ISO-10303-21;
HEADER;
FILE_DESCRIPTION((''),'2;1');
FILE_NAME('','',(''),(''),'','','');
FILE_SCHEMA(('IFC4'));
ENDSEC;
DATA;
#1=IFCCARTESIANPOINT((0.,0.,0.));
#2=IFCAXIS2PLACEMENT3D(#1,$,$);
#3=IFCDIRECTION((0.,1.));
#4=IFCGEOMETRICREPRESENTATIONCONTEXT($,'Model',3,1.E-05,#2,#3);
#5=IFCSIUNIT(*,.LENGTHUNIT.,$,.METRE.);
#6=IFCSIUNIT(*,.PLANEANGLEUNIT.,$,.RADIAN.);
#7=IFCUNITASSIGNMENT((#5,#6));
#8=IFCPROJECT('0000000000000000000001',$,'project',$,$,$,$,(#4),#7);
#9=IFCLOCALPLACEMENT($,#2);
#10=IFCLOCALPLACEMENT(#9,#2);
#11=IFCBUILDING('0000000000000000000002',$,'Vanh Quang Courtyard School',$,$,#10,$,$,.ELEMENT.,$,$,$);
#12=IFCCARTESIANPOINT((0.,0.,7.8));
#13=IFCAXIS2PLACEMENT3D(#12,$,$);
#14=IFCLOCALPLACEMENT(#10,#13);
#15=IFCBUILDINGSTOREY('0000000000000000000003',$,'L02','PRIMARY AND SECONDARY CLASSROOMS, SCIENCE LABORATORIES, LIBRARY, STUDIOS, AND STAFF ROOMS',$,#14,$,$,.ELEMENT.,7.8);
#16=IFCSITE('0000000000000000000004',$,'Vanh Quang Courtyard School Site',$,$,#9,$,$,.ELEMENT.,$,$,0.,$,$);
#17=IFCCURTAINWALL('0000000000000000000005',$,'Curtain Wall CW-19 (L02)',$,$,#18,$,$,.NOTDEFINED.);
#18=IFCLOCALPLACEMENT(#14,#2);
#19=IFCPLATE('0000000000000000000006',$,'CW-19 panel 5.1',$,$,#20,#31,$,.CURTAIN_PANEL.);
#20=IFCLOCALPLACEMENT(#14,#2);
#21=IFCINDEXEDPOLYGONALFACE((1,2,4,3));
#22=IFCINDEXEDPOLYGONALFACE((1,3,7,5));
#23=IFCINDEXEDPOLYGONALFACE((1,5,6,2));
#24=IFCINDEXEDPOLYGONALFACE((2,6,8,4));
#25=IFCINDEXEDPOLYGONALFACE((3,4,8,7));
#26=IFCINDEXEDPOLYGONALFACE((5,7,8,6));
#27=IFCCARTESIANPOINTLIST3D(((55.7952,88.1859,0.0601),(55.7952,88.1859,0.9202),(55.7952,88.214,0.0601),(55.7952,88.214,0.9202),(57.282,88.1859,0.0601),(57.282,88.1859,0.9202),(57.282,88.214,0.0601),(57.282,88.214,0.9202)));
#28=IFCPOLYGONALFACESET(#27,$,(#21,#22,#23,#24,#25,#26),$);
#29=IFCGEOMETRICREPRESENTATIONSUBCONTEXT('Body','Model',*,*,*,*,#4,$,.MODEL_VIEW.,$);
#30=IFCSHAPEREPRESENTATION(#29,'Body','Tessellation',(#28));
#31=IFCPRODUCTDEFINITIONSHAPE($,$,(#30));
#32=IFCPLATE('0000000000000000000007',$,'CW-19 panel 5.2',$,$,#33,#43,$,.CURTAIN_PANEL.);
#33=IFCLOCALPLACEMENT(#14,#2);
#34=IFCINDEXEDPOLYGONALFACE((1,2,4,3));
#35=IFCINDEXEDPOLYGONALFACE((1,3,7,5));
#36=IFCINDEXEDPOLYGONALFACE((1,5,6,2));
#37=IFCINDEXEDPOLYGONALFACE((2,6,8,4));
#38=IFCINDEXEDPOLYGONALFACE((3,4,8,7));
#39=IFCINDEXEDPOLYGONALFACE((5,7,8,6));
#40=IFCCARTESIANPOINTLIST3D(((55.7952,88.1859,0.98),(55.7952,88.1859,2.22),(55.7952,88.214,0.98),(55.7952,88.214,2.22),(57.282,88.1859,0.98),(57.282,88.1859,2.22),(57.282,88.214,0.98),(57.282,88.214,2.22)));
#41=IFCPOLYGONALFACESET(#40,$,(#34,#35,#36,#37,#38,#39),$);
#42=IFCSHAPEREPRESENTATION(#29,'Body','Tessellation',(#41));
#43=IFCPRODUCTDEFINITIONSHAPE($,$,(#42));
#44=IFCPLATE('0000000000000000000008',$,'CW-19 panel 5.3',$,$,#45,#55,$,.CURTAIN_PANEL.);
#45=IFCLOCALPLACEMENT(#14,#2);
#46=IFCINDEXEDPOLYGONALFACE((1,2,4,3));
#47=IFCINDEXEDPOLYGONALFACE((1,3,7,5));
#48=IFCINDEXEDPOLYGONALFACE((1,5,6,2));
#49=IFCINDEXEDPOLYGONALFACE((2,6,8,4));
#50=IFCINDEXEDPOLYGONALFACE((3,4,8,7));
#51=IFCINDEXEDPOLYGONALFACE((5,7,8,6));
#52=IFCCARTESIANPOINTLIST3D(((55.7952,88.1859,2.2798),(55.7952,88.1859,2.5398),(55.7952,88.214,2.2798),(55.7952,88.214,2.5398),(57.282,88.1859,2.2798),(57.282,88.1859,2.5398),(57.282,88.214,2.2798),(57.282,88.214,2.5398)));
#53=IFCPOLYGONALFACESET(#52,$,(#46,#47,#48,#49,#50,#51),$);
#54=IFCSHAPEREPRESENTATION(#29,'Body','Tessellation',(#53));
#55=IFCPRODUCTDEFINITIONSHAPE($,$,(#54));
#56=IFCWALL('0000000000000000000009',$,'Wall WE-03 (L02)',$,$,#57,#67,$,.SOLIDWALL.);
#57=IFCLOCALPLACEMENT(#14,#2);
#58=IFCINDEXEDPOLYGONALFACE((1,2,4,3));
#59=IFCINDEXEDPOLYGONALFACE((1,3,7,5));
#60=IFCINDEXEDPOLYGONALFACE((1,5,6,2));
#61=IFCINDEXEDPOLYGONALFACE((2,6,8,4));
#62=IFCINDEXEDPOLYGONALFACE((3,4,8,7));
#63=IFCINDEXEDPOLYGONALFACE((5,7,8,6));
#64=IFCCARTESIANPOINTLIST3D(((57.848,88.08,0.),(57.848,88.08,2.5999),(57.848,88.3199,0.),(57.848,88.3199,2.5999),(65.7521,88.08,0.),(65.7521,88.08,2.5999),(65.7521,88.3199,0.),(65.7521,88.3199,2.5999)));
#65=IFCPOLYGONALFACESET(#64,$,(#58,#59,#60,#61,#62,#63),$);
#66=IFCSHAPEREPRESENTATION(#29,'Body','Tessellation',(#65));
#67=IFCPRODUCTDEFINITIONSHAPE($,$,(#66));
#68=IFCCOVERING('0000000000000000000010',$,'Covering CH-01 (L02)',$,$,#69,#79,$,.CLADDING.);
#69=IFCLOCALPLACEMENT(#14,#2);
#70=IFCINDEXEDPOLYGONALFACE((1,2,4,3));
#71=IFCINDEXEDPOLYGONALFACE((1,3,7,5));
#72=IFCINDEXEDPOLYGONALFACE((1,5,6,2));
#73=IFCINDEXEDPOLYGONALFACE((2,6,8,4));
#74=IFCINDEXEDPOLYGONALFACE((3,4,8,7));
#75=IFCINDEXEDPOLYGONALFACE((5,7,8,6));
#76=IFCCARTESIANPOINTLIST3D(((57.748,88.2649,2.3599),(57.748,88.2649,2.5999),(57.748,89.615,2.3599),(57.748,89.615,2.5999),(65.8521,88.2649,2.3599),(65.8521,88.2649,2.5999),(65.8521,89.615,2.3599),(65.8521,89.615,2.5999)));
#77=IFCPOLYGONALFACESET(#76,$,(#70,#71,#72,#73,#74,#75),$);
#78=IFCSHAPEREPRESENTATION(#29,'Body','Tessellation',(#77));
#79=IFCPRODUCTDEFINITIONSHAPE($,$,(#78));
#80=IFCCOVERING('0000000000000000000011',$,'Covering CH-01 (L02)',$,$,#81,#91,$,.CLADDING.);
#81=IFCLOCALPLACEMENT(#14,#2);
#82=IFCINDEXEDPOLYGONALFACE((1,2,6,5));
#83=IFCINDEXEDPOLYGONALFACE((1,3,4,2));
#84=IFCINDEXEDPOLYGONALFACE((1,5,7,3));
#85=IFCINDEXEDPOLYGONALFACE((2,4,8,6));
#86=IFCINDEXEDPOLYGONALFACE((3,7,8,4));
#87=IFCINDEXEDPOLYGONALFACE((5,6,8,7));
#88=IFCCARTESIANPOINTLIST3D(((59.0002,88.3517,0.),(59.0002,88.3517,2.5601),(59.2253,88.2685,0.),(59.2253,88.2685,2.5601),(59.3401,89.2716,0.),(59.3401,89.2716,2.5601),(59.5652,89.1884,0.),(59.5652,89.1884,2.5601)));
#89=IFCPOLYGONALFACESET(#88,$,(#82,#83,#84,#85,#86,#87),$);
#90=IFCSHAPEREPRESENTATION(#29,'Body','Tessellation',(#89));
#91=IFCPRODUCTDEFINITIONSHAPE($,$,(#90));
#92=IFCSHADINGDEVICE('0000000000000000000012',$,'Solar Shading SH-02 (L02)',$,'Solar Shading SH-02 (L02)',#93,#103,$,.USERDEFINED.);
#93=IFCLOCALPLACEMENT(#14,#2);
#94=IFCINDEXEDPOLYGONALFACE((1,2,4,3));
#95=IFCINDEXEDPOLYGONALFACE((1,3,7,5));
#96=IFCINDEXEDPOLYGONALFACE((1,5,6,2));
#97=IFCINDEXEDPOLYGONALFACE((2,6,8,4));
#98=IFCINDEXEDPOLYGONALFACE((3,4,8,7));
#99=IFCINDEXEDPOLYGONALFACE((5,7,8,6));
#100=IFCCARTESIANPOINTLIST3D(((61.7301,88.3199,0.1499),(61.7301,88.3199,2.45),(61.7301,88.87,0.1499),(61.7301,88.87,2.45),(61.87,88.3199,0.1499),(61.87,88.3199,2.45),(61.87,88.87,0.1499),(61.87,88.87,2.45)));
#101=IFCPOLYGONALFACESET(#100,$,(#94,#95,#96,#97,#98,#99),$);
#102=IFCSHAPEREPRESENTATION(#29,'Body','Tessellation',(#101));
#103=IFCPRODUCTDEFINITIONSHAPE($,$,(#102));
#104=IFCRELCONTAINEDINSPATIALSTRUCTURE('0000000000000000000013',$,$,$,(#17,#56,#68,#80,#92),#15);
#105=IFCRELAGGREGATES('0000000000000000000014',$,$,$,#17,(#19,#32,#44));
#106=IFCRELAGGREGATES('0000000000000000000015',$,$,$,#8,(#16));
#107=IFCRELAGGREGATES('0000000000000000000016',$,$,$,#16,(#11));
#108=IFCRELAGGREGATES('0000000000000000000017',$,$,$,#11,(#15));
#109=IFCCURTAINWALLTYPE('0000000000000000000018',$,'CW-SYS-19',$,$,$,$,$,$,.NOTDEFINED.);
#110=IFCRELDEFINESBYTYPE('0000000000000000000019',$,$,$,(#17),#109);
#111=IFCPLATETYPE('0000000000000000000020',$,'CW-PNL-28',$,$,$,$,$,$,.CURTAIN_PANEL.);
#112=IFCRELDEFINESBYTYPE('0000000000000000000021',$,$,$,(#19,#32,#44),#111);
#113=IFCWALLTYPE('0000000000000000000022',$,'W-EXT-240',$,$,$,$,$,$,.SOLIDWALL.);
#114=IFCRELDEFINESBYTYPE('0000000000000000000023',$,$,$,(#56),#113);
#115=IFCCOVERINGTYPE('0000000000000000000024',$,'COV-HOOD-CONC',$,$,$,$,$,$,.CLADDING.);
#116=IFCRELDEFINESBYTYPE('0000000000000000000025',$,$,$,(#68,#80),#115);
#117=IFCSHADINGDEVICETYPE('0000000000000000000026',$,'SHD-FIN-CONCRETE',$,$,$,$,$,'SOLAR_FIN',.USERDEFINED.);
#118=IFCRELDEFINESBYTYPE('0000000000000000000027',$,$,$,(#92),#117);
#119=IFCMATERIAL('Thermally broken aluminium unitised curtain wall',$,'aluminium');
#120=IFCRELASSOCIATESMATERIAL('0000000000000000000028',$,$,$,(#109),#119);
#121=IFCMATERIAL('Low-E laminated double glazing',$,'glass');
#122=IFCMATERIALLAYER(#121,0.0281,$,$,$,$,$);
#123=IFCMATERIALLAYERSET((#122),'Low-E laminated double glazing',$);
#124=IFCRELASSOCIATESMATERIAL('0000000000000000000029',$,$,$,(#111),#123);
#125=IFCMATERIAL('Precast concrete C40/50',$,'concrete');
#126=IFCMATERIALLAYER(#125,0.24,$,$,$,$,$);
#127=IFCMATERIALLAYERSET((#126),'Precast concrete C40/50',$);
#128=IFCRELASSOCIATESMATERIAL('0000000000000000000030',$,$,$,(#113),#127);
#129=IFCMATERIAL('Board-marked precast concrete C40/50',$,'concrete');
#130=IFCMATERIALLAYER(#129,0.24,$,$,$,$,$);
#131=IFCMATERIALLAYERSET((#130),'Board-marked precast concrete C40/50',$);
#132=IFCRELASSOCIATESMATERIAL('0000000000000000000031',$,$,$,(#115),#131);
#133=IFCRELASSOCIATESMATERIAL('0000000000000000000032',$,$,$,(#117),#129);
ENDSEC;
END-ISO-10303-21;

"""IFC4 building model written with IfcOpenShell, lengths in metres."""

from ifc_helpers import new_model, si_unit, direction, frame, frame_2d, origin, origin_2d, place, context, subcontext, project, spatial, rectangle, extrude, material, layer, layer_set, type_object, element, aggregate, save


model = new_model("IFC4")

# Units and contexts
model_context = context("Model", 3, precision=1e-05, world=origin(), true_north=direction((0.0, 1.0)))
body_context = subcontext(model_context, "Body", "Model", "MODEL_VIEW")
ifc_project = project(units=[si_unit("LENGTHUNIT", "METRE"), si_unit("PLANEANGLEUNIT", "RADIAN")], contexts=[model_context])

# Site, building, storey
site_placement = place(None, origin())
site = spatial("IfcSite", under=ifc_project, at=site_placement, Name="Vanh Quang Courtyard School Site", CompositionType="ELEMENT", RefElevation=0.0)
building_placement = place(site_placement, origin())
building = spatial("IfcBuilding", under=site, at=building_placement, Name="Vanh Quang Courtyard School", CompositionType="ELEMENT")
storey_placement = place(building_placement, frame((0.0, 0.0, 7.8)))
storey = spatial("IfcBuildingStorey", under=building, at=storey_placement, Name="L02", Description="PRIMARY AND SECONDARY CLASSROOMS, SCIENCE LABORATORIES, LIBRARY, STUDIOS, AND STAFF ROOMS", CompositionType="ELEMENT", Elevation=7.8)

# Curtain wall
ifc_material_1 = material(Name="Thermally broken aluminium unitised curtain wall", Category="aluminium")
curtain_wall_type = type_object("IfcCurtainWallType", Name="CW-SYS-19", PredefinedType="NOTDEFINED", material=ifc_material_1)
curtain_wall_placement = place(storey_placement, origin())
curtain_wall = element("IfcCurtainWall", 1, at=curtain_wall_placement, inside=storey, type_object=curtain_wall_type, Name="Curtain Wall CW-19 (L02)", PredefinedType="NOTDEFINED")

# Plates
ifc_material_2 = material(Name="Low-E laminated double glazing", Category="glass")
ifc_layer_1 = layer(ifc_material_2, 0.0281)
ifc_layer_set_1 = layer_set([ifc_layer_1], Name="Low-E laminated double glazing")
plate_type = type_object("IfcPlateType", Name="CW-PNL-28", PredefinedType="CURTAIN_PANEL", material=ifc_layer_set_1)
plate_1_placement = place(storey_placement, frame((56.5386, 88.2, 0.0601), z_axis=(0.0, 0.0, 1.0), x_axis=(1.0, 0.0, 0.0)))
plate_1 = element("IfcPlate", 2, at=plate_1_placement, type_object=plate_type, Name="CW-19 panel 5.1", PredefinedType="CURTAIN_PANEL", context=body_context, shape_type="SweptSolid", body=[
    extrude(rectangle(XDim=1.4868, YDim=0.0281, at=origin_2d()), origin(), (0.0, 0.0, 1.0), 0.8601),
])
plate_2_placement = place(storey_placement, frame((56.5386, 88.2, 0.98), z_axis=(0.0, 0.0, 1.0), x_axis=(1.0, 0.0, 0.0)))
plate_2 = element("IfcPlate", 3, at=plate_2_placement, type_object=plate_type, Name="CW-19 panel 5.2", PredefinedType="CURTAIN_PANEL", context=body_context, shape_type="SweptSolid", body=[
    extrude(rectangle(XDim=1.4868, YDim=0.0281, at=origin_2d()), origin(), (0.0, 0.0, 1.0), 1.24),
])
plate_3_placement = place(storey_placement, frame((56.5386, 88.2, 2.2798), z_axis=(0.0, 0.0, 1.0), x_axis=(1.0, 0.0, 0.0)))
plate_3 = element("IfcPlate", 4, at=plate_3_placement, type_object=plate_type, Name="CW-19 panel 5.3", PredefinedType="CURTAIN_PANEL", context=body_context, shape_type="SweptSolid", body=[
    extrude(rectangle(XDim=1.4868, YDim=0.0281, at=origin_2d()), origin(), (0.0, 0.0, 1.0), 0.26),
])
aggregate(curtain_wall, [plate_1, plate_2, plate_3])

# Wall
ifc_material_3 = material(Name="Precast concrete C40/50", Category="concrete")
ifc_layer_2 = layer(ifc_material_3, 0.24)
ifc_layer_set_2 = layer_set([ifc_layer_2], Name="Precast concrete C40/50")
wall_type = type_object("IfcWallType", Name="W-EXT-240", PredefinedType="SOLIDWALL", material=ifc_layer_set_2)
wall_placement = place(storey_placement, frame((57.8479, 88.2, 0.0), z_axis=(0.0, 0.0, 1.0), x_axis=(1.0, 0.0, 0.0)))
element("IfcWall", 5, at=wall_placement, inside=storey, type_object=wall_type, Name="Wall WE-03 (L02)", PredefinedType="SOLIDWALL", context=body_context, shape_type="SweptSolid", body=[
    extrude(rectangle(XDim=7.9041, YDim=0.24, at=frame_2d((3.9521, 0.0))), origin(), (0.0, 0.0, 1.0), 2.5999),
])

# Coverings
ifc_material_4 = material(Name="Board-marked precast concrete C40/50", Category="concrete")
ifc_layer_3 = layer(ifc_material_4, 0.24)
ifc_layer_set_3 = layer_set([ifc_layer_3], Name="Board-marked precast concrete C40/50")
covering_type = type_object("IfcCoveringType", Name="COV-HOOD-CONC", PredefinedType="CLADDING", material=ifc_layer_set_3)
covering_1_placement = place(storey_placement, frame((61.8, 88.9399, 2.3599), z_axis=(0.0, 0.0, 1.0), x_axis=(1.0, 0.0, 0.0)))
element("IfcCovering", 6, at=covering_1_placement, inside=storey, type_object=covering_type, Name="Covering CH-01 (L02)", PredefinedType="CLADDING", context=body_context, shape_type="SweptSolid", body=[
    extrude(rectangle(XDim=8.104, YDim=1.3501, at=origin_2d()), origin(), (0.0, 0.0, 1.0), 0.24),
])
covering_2_placement = place(storey_placement, frame((59.2827, 88.77, 0.0), z_axis=(0.0, 0.0, 1.0), x_axis=(0.346608, 0.93801, 0.0)))
element("IfcCovering", 7, at=covering_2_placement, inside=storey, type_object=covering_type, Name="Covering CH-01 (L02)", PredefinedType="CLADDING", context=body_context, shape_type="SweptSolid", body=[
    extrude(rectangle(XDim=0.9807, YDim=0.24, at=origin_2d()), origin(), (0.0, 0.0, 1.0), 2.5601),
])

# Shading device
shading_device_type = type_object("IfcShadingDeviceType", Name="SHD-FIN-CONCRETE", ElementType="SOLAR_FIN", PredefinedType="USERDEFINED", material=ifc_material_4)
shading_device_placement = place(storey_placement, frame((61.8, 88.595, 0.1499), z_axis=(0.0, 0.0, 1.0), x_axis=(1.0, 0.0, 0.0)))
element("IfcShadingDevice", 8, at=shading_device_placement, inside=storey, type_object=shading_device_type, Name="Solar Shading SH-02 (L02)", ObjectType="Solar Shading SH-02 (L02)", PredefinedType="USERDEFINED", context=body_context, shape_type="SweptSolid", body=[
    extrude(rectangle(XDim=0.1399, YDim=0.55, at=origin_2d()), origin(), (0.0, 0.0, 1.0), 2.3),
])

save(model, "model.ifc")
